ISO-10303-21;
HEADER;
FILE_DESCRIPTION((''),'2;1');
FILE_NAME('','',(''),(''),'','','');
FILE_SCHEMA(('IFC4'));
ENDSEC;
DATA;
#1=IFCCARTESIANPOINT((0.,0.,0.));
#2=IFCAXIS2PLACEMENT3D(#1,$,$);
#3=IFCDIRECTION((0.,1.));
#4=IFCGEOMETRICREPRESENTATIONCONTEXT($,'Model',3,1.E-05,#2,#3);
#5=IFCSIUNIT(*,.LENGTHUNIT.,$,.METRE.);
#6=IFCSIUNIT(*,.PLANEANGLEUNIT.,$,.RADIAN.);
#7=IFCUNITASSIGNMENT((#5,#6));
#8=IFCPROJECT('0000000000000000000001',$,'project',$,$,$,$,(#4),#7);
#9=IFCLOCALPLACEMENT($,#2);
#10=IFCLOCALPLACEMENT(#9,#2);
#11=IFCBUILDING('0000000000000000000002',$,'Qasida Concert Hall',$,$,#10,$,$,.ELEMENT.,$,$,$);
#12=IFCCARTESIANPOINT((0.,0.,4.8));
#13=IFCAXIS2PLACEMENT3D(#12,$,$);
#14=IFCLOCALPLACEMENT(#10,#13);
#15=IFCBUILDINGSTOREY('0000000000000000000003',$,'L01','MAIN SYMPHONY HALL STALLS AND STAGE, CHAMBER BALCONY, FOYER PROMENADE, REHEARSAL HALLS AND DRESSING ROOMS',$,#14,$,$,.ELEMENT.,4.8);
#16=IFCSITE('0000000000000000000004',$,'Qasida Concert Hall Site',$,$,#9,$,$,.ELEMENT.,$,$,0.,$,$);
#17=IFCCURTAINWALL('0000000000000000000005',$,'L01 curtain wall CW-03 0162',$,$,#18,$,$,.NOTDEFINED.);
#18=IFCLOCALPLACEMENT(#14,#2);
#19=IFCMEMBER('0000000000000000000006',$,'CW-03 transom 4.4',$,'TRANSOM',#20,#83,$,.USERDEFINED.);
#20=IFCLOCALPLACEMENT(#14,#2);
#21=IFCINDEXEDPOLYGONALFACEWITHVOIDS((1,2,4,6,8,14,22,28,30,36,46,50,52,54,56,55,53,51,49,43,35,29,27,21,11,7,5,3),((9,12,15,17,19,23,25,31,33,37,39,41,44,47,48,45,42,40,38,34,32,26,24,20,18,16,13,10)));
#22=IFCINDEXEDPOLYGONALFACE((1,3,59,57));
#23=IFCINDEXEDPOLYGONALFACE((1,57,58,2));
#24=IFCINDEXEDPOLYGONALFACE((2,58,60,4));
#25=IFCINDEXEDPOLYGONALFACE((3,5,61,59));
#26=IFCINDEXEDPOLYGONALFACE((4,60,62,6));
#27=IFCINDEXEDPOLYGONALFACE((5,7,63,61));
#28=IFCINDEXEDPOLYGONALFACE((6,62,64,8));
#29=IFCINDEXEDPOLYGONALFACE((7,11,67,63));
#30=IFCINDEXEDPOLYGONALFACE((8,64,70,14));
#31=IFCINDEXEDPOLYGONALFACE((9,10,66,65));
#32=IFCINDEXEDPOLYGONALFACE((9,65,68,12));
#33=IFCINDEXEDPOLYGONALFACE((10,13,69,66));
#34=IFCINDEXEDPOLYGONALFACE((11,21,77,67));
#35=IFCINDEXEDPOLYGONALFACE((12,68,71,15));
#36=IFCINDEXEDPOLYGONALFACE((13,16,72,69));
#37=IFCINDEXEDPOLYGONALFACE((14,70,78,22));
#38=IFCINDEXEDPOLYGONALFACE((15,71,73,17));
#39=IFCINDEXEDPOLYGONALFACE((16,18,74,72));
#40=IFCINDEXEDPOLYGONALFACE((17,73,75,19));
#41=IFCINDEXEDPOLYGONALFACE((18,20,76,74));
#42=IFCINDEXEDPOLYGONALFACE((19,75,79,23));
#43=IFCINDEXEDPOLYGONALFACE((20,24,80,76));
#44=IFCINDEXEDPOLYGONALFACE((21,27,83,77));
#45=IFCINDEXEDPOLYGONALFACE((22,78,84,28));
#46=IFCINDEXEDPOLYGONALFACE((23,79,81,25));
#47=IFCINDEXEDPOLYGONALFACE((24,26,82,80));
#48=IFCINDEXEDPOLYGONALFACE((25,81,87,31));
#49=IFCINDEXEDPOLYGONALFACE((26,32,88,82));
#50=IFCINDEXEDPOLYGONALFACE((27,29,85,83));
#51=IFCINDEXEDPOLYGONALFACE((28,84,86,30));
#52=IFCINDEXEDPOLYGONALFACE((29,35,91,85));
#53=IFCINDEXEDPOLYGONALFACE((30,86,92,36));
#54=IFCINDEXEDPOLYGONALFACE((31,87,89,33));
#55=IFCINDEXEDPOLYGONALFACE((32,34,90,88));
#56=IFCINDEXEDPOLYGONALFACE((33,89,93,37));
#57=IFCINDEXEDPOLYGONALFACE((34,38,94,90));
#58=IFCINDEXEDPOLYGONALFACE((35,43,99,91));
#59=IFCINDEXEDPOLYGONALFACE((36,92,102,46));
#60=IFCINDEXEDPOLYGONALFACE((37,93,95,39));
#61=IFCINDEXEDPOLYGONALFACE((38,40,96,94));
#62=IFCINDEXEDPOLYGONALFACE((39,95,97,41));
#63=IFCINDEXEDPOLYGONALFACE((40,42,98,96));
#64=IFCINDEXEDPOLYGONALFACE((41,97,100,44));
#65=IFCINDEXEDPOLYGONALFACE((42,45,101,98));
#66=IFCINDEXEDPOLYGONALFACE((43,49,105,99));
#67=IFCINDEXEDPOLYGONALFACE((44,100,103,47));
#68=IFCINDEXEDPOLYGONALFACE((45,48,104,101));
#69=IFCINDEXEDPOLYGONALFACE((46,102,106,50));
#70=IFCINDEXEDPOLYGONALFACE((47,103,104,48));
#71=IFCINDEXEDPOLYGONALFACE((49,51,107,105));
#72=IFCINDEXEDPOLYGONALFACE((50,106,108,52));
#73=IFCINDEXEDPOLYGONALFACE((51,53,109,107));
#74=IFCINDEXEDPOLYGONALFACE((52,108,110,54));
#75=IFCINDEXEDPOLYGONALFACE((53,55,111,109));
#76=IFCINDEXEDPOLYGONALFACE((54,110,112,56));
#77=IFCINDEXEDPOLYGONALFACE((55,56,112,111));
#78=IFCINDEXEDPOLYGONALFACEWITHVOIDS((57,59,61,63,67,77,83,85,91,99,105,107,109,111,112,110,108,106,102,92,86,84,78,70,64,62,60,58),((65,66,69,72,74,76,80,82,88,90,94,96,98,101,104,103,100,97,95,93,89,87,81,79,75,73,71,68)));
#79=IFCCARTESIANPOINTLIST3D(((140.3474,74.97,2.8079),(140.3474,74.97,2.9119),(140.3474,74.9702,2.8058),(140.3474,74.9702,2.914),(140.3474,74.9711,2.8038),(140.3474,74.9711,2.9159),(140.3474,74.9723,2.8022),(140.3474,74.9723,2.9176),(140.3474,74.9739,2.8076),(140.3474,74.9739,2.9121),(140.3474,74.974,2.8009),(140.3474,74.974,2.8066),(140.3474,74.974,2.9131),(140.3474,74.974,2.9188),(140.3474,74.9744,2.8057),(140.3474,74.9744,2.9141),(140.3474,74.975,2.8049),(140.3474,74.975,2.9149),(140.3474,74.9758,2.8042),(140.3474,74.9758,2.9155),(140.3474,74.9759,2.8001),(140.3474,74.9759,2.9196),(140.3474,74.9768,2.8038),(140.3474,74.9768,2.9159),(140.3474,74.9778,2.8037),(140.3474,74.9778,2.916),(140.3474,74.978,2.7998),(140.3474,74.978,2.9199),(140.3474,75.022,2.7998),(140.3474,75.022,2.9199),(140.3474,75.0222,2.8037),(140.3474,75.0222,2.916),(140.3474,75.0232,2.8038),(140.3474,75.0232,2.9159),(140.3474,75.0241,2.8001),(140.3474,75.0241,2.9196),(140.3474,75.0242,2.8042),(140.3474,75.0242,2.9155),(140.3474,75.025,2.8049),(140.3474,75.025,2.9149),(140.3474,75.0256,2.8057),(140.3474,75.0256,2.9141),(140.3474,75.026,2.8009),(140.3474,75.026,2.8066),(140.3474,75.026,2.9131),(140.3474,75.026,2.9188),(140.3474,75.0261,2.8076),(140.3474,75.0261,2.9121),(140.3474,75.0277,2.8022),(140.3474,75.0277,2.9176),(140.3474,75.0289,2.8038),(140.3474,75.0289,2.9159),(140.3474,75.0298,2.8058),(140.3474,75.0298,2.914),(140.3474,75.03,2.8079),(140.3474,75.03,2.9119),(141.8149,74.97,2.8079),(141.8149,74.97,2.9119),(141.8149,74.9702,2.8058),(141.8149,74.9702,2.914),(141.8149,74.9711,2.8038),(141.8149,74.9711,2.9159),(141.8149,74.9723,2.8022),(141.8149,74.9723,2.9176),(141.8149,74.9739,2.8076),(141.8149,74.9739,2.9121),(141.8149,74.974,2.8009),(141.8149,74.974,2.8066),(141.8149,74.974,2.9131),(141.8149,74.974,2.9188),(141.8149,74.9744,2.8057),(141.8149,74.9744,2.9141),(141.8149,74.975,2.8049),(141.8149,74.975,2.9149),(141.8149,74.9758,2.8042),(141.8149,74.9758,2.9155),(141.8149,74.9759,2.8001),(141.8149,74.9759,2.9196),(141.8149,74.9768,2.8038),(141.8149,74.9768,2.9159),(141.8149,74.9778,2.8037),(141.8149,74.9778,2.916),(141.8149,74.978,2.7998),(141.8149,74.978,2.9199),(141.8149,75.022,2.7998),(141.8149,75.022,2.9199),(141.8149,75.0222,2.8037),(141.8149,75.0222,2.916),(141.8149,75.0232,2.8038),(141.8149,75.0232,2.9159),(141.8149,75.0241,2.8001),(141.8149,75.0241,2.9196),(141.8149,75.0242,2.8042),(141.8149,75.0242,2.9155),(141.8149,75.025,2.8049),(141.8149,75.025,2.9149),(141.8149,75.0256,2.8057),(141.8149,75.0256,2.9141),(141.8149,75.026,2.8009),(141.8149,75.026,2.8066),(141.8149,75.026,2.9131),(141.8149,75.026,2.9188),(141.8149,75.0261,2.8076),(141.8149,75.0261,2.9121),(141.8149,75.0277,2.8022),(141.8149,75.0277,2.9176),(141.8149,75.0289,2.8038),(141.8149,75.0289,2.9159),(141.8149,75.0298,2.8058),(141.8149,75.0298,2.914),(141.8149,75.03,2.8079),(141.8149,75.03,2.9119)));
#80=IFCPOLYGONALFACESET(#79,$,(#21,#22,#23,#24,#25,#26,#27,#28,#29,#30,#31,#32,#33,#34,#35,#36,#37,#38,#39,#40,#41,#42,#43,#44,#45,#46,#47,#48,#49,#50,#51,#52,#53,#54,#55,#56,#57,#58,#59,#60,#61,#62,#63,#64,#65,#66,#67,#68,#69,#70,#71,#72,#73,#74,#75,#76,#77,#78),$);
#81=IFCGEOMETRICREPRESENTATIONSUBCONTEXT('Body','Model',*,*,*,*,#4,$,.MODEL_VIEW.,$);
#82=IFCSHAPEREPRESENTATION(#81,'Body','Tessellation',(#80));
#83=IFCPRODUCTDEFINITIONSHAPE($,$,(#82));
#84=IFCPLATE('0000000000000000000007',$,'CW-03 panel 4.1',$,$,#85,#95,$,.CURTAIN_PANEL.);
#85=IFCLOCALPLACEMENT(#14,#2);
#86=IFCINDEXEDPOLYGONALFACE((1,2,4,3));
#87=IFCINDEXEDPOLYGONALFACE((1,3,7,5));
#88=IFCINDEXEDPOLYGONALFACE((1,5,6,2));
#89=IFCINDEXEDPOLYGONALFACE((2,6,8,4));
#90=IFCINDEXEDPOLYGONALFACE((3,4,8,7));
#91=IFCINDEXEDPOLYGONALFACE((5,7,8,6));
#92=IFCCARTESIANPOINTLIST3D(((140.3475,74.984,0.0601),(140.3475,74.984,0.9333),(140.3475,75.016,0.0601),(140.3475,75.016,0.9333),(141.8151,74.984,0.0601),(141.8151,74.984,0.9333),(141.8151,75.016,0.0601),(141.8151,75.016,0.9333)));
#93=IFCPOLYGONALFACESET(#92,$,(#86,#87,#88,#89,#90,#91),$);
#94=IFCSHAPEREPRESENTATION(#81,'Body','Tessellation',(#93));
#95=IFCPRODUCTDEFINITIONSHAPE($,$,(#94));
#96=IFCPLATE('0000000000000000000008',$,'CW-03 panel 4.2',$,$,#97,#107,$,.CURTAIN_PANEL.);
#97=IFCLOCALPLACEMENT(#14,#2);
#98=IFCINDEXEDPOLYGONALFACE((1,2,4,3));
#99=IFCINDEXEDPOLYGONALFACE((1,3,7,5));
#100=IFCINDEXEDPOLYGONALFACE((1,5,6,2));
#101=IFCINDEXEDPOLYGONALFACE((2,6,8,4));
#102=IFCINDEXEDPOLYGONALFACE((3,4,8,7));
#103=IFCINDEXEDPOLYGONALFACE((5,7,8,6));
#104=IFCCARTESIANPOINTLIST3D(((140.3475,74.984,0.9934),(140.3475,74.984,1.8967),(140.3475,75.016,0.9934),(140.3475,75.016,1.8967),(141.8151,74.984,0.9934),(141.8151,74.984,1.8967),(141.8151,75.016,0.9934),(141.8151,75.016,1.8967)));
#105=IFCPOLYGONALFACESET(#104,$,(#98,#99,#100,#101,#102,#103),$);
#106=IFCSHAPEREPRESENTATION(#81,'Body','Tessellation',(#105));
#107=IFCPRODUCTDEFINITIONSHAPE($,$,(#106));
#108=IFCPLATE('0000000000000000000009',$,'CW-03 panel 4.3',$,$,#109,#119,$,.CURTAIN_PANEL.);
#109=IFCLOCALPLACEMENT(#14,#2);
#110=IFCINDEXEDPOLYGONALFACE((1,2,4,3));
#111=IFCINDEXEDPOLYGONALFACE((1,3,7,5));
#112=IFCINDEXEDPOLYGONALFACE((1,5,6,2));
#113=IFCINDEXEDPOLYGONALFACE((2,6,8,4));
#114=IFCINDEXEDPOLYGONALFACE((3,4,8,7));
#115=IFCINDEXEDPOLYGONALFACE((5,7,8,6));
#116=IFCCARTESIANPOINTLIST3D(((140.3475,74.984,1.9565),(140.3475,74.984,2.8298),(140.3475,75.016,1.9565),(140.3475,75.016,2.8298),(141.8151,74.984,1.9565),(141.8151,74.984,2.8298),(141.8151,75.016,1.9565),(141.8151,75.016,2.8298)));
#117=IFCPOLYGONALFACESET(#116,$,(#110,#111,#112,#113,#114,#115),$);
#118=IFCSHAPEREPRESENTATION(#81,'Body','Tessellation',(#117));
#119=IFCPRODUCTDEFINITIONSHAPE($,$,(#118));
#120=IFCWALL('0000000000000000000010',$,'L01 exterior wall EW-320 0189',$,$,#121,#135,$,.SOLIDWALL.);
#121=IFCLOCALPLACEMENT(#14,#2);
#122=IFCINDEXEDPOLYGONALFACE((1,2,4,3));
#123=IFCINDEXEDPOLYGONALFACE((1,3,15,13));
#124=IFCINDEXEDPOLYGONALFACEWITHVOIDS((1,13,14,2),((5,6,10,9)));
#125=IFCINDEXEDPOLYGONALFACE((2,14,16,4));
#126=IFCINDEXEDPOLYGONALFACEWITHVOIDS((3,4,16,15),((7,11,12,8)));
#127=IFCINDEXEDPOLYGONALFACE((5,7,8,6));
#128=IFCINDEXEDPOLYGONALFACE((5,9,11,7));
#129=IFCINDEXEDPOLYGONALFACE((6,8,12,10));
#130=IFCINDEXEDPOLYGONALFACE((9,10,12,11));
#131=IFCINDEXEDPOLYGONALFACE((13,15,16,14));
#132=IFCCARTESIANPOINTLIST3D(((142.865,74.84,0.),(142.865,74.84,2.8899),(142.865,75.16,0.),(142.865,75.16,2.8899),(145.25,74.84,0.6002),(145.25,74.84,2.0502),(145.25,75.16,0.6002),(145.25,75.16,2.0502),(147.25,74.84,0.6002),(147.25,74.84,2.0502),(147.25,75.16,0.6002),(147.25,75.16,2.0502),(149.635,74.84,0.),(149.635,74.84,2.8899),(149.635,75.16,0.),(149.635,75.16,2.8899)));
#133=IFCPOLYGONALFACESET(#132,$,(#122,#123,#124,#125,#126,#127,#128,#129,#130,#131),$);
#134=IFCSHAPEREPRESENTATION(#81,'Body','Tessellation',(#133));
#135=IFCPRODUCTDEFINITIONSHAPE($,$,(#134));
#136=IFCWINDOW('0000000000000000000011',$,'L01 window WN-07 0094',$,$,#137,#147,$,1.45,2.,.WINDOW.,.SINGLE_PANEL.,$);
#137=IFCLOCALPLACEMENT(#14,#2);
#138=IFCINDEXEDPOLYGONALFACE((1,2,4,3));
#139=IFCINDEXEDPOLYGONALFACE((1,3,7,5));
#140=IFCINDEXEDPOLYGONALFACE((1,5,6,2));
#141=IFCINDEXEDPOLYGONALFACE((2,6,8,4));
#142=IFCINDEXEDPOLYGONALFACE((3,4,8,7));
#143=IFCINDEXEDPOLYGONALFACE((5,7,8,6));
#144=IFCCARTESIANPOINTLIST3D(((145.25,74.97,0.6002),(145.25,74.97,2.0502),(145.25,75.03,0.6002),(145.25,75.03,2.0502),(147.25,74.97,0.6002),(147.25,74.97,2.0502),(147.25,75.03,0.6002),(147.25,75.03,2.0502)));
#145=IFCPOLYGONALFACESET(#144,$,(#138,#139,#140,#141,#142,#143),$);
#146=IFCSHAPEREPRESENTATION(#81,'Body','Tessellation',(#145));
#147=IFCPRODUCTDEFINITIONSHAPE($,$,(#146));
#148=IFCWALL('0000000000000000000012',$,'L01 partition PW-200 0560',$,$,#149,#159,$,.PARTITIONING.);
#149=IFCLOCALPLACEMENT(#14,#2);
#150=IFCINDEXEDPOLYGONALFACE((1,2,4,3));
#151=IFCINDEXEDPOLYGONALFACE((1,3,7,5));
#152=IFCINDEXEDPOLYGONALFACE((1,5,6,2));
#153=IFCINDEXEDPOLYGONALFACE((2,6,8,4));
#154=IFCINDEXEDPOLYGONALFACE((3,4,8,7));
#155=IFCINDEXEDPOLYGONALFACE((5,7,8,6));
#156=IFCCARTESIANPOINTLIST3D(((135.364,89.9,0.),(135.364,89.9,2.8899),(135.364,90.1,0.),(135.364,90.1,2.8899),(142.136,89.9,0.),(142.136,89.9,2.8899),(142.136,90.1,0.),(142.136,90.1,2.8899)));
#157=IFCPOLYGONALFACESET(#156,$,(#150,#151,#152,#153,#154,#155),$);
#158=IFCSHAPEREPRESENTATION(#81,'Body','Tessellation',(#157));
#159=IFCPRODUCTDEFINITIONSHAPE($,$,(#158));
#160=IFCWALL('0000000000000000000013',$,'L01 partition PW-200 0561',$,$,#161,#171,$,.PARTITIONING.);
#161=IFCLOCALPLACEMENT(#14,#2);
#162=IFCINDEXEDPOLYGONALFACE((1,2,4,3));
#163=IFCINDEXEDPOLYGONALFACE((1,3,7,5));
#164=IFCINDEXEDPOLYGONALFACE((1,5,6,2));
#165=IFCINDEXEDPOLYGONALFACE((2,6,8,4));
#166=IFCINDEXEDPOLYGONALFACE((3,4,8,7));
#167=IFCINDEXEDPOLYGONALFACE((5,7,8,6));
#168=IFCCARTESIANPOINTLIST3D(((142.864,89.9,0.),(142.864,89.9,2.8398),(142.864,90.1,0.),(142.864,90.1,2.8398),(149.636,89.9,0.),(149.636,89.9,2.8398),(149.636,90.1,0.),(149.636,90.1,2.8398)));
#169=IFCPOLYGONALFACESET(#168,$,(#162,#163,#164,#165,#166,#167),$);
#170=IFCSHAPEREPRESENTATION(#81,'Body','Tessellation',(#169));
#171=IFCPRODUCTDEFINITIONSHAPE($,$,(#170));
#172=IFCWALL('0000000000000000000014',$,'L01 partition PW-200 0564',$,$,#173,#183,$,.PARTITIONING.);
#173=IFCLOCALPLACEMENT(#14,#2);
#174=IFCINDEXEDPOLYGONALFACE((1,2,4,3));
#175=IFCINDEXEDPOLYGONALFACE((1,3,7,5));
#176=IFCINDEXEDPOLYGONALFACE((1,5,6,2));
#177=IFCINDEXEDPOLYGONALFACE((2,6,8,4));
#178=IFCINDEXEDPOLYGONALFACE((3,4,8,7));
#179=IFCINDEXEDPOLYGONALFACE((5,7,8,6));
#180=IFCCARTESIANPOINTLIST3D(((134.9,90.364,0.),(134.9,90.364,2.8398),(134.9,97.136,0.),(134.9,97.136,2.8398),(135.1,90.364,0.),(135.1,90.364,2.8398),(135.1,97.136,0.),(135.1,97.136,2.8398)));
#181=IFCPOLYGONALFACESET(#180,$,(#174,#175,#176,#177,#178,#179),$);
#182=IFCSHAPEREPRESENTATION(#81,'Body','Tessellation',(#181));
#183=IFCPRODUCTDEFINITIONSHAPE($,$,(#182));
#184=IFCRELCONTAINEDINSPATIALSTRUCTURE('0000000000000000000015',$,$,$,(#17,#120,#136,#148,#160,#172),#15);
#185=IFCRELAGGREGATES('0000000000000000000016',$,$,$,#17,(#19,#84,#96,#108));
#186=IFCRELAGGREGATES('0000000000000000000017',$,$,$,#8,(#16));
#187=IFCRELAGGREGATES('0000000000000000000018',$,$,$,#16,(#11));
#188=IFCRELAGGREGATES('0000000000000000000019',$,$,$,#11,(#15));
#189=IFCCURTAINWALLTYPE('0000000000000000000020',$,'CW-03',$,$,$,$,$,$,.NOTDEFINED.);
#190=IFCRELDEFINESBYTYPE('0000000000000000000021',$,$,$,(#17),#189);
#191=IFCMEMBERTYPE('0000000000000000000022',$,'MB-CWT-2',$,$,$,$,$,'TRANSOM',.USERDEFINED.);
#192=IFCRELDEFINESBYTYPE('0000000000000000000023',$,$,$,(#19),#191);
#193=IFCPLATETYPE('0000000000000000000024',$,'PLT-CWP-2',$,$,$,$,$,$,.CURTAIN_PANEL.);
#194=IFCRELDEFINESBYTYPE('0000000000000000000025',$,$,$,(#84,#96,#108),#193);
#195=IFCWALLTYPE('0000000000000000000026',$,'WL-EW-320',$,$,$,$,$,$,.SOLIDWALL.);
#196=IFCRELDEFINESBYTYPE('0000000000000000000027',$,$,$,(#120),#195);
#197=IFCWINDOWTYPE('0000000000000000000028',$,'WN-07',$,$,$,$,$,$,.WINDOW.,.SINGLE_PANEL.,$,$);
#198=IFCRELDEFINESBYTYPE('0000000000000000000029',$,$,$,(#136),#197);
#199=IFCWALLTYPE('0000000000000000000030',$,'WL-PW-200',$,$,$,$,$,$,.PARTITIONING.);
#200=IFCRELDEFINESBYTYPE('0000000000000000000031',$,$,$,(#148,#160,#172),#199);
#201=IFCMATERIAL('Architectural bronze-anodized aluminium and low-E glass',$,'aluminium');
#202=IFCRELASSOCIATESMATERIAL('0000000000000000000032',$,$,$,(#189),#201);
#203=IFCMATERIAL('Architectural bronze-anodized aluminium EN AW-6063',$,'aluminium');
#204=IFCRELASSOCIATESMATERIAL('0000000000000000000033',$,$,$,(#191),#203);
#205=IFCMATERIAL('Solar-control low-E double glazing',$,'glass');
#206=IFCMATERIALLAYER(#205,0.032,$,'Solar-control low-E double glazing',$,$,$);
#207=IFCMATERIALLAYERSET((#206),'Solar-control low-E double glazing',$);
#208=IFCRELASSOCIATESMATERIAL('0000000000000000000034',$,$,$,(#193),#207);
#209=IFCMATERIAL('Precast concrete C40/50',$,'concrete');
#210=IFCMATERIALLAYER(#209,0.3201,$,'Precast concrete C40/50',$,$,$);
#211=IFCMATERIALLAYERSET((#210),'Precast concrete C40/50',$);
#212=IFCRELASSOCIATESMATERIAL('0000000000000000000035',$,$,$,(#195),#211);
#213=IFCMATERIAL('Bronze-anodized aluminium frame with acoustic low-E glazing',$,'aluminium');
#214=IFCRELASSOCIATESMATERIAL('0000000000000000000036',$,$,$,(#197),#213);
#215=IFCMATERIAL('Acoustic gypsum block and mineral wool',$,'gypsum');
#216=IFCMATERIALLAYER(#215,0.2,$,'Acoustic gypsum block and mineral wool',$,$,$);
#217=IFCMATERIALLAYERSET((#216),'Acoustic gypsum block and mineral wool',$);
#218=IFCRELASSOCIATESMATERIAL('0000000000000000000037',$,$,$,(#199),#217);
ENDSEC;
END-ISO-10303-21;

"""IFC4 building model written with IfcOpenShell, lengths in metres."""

from ifc_helpers import new_model, si_unit, direction, frame, frame_2d, origin, origin_2d, place, context, subcontext, project, spatial, rectangle, hollow_rectangle, extrude, material, layer, layer_set, material_profile, profile_set, type_object, element, fill, aggregate, save


model = new_model("IFC4")

# Units and contexts
model_context = context("Model", 3, precision=1e-05, world=origin(), true_north=direction((0.0, 1.0)))
body_context = subcontext(model_context, "Body", "Model", "MODEL_VIEW")
ifc_project = project(units=[si_unit("LENGTHUNIT", "METRE"), si_unit("PLANEANGLEUNIT", "RADIAN")], contexts=[model_context])

# Site, building, storey
site_placement = place(None, origin())
site = spatial("IfcSite", under=ifc_project, at=site_placement, Name="Qasida Concert Hall Site", CompositionType="ELEMENT", RefElevation=0.0)
building_placement = place(site_placement, origin())
building = spatial("IfcBuilding", under=site, at=building_placement, Name="Qasida Concert Hall", CompositionType="ELEMENT")
storey_placement = place(building_placement, frame((0.0, 0.0, 4.8)))
storey = spatial("IfcBuildingStorey", under=building, at=storey_placement, Name="L01", Description="MAIN SYMPHONY HALL STALLS AND STAGE, CHAMBER BALCONY, FOYER PROMENADE, REHEARSAL HALLS AND DRESSING ROOMS", CompositionType="ELEMENT", Elevation=4.8)

# Curtain wall, member, plates
ifc_material_1 = material(Name="Architectural bronze-anodized aluminium and low-E glass", Category="aluminium")
curtain_wall_type = type_object("IfcCurtainWallType", Name="CW-03", PredefinedType="NOTDEFINED", material=ifc_material_1)
curtain_wall_placement = place(storey_placement, origin())
curtain_wall = element("IfcCurtainWall", 1, at=curtain_wall_placement, inside=storey, type_object=curtain_wall_type, Name="L01 curtain wall CW-03 0162", PredefinedType="NOTDEFINED")
ifc_material_2 = material(Name="Architectural bronze-anodized aluminium EN AW-6063", Category="aluminium")
ifc_material_profile_1 = material_profile(ifc_material_2, hollow_rectangle(XDim=0.0601, YDim=0.1201, WallThickness=0.0039, InnerFilletRadius=0.0039, OuterFilletRadius=0.0081, at=origin_2d()), Name="CWT 120x60x4")
ifc_profile_set_1 = profile_set([ifc_material_profile_1], Name="Architectural bronze-anodized aluminium EN AW-6063")
member_type_1 = type_object("IfcMemberType", Name="MB-CWT-2", ElementType="TRANSOM", PredefinedType="USERDEFINED", material=ifc_profile_set_1)
member_1_placement = place(storey_placement, frame((140.3474, 75.0, 2.8599), z_axis=(1.0, 0.0, 0.0), x_axis=(0.0, 1.0, 0.0)))
member_1 = element("IfcMember", 2, at=member_1_placement, type_object=member_type_1, Name="CW-03 transom 4.4", ObjectType="TRANSOM", PredefinedType="USERDEFINED", context=body_context, shape_type="SweptSolid", body=[
    extrude(hollow_rectangle(XDim=0.0601, YDim=0.1201, WallThickness=0.0039, InnerFilletRadius=0.0039, OuterFilletRadius=0.0081, at=origin_2d()), origin(), (0.0, 0.0, 1.0), 1.4675),
])
ifc_material_3 = material(Name="Solar-control low-E double glazing", Category="glass")
ifc_layer_1 = layer(ifc_material_3, 0.032, Name="Solar-control low-E double glazing")
ifc_layer_set_1 = layer_set([ifc_layer_1], Name="Solar-control low-E double glazing")
plate_type = type_object("IfcPlateType", Name="PLT-CWP-2", PredefinedType="CURTAIN_PANEL", material=ifc_layer_set_1)
plate_1_placement = place(storey_placement, frame((141.0813, 75.0, 0.0601), z_axis=(0.0, 0.0, 1.0), x_axis=(1.0, 0.0, 0.0)))
plate_1 = element("IfcPlate", 3, at=plate_1_placement, type_object=plate_type, Name="CW-03 panel 4.1", PredefinedType="CURTAIN_PANEL", context=body_context, shape_type="SweptSolid", body=[
    extrude(rectangle(XDim=1.4675, YDim=0.032, at=origin_2d()), origin(), (0.0, 0.0, 1.0), 0.8733),
])
plate_2_placement = place(storey_placement, frame((141.0813, 75.0, 0.9934), z_axis=(0.0, 0.0, 1.0), x_axis=(1.0, 0.0, 0.0)))
plate_2 = element("IfcPlate", 4, at=plate_2_placement, type_object=plate_type, Name="CW-03 panel 4.2", PredefinedType="CURTAIN_PANEL", context=body_context, shape_type="SweptSolid", body=[
    extrude(rectangle(XDim=1.4675, YDim=0.032, at=origin_2d()), origin(), (0.0, 0.0, 1.0), 0.9033),
])
plate_3_placement = place(storey_placement, frame((141.0813, 75.0, 1.9565), z_axis=(0.0, 0.0, 1.0), x_axis=(1.0, 0.0, 0.0)))
plate_3 = element("IfcPlate", 5, at=plate_3_placement, type_object=plate_type, Name="CW-03 panel 4.3", PredefinedType="CURTAIN_PANEL", context=body_context, shape_type="SweptSolid", body=[
    extrude(rectangle(XDim=1.4675, YDim=0.032, at=origin_2d()), origin(), (0.0, 0.0, 1.0), 0.8733),
])
aggregate(curtain_wall, [member_1, plate_1, plate_2, plate_3])

# Wall, opening, window
ifc_material_4 = material(Name="Precast concrete C40/50", Category="concrete")
ifc_layer_2 = layer(ifc_material_4, 0.3201, Name="Precast concrete C40/50")
ifc_layer_set_2 = layer_set([ifc_layer_2], Name="Precast concrete C40/50")
wall_type_1 = type_object("IfcWallType", Name="WL-EW-320", PredefinedType="SOLIDWALL", material=ifc_layer_set_2)
wall_1_placement = place(storey_placement, frame((142.865, 75.0, 0.0), z_axis=(0.0, 0.0, 1.0), x_axis=(1.0, 0.0, 0.0)))
wall_1 = element("IfcWall", 6, at=wall_1_placement, inside=storey, type_object=wall_type_1, Name="L01 exterior wall EW-320 0189", PredefinedType="SOLIDWALL", context=body_context, shape_type="SweptSolid", body=[
    extrude(rectangle(XDim=6.77, YDim=0.3201, at=frame_2d((3.385, 0.0))), origin(), (0.0, 0.0, 1.0), 2.8899),
])
opening_placement = place(wall_1_placement, frame((2.385, 0.0, 0.6001)))
opening = element("IfcOpeningElement", 7, at=opening_placement, cuts=wall_1, PredefinedType="OPENING", context=body_context, shape_type="SweptSolid", body=[
    extrude(rectangle(XDim=2.0, YDim=1.45, at=frame_2d((1.0, 0.7251))), frame((0.0, 0.1699, 0.0), z_axis=(0.0, -1.0, 0.0), x_axis=(1.0, 0.0, 0.0)), (0.0, 0.0, 1.0), 0.3401),
])
ifc_material_5 = material(Name="Bronze-anodized aluminium frame with acoustic low-E glazing", Category="aluminium")
window_type = type_object("IfcWindowType", Name="WN-07", PartitioningType="SINGLE_PANEL", PredefinedType="WINDOW", material=ifc_material_5)
window_placement = place(opening_placement, origin())
window = element("IfcWindow", 8, at=window_placement, inside=storey, type_object=window_type, Name="L01 window WN-07 0094", OverallHeight=1.45, OverallWidth=2.0, PartitioningType="SINGLE_PANEL", PredefinedType="WINDOW", context=body_context, shape_type="SweptSolid", body=[
    extrude(rectangle(XDim=2.0, YDim=1.45, at=frame_2d((1.0, 0.7251))), frame((0.0, 0.03, 0.0), z_axis=(0.0, -1.0, 0.0), x_axis=(1.0, 0.0, 0.0)), (0.0, 0.0, 1.0), 0.0601),
])
fill(opening, window)

# Walls
ifc_material_6 = material(Name="Acoustic gypsum block and mineral wool", Category="gypsum")
ifc_layer_3 = layer(ifc_material_6, 0.2, Name="Acoustic gypsum block and mineral wool")
ifc_layer_set_3 = layer_set([ifc_layer_3], Name="Acoustic gypsum block and mineral wool")
wall_type_2 = type_object("IfcWallType", Name="WL-PW-200", PredefinedType="PARTITIONING", material=ifc_layer_set_3)
wall_2_placement = place(storey_placement, frame((135.364, 90.0, 0.0), z_axis=(0.0, 0.0, 1.0), x_axis=(1.0, 0.0, 0.0)))
element("IfcWall", 9, at=wall_2_placement, inside=storey, type_object=wall_type_2, Name="L01 partition PW-200 0560", PredefinedType="PARTITIONING", context=body_context, shape_type="SweptSolid", body=[
    extrude(rectangle(XDim=6.772, YDim=0.2, at=frame_2d((3.386, 0.0))), origin(), (0.0, 0.0, 1.0), 2.8899),
])
for number, where, z_axis, x_axis, name in (
    (10, (142.864, 90.0, 0.0), (0.0, 0.0, 1.0), (1.0, 0.0, 0.0), "L01 partition PW-200 0561"),
    (11, (135.0, 90.364, 0.0), (0.0, 0.0, 1.0), (0.0, 1.0, 0.0), "L01 partition PW-200 0564"),
):
    element("IfcWall", number, at=place(storey_placement, frame(where, z_axis=z_axis, x_axis=x_axis)), inside=storey, type_object=wall_type_2, Name=name, PredefinedType="PARTITIONING", context=body_context, shape_type="SweptSolid", body=[
        extrude(rectangle(XDim=6.772, YDim=0.2, at=frame_2d((3.386, 0.0))), origin(), (0.0, 0.0, 1.0), 2.8398),
    ])

save(model, "model.ifc")
